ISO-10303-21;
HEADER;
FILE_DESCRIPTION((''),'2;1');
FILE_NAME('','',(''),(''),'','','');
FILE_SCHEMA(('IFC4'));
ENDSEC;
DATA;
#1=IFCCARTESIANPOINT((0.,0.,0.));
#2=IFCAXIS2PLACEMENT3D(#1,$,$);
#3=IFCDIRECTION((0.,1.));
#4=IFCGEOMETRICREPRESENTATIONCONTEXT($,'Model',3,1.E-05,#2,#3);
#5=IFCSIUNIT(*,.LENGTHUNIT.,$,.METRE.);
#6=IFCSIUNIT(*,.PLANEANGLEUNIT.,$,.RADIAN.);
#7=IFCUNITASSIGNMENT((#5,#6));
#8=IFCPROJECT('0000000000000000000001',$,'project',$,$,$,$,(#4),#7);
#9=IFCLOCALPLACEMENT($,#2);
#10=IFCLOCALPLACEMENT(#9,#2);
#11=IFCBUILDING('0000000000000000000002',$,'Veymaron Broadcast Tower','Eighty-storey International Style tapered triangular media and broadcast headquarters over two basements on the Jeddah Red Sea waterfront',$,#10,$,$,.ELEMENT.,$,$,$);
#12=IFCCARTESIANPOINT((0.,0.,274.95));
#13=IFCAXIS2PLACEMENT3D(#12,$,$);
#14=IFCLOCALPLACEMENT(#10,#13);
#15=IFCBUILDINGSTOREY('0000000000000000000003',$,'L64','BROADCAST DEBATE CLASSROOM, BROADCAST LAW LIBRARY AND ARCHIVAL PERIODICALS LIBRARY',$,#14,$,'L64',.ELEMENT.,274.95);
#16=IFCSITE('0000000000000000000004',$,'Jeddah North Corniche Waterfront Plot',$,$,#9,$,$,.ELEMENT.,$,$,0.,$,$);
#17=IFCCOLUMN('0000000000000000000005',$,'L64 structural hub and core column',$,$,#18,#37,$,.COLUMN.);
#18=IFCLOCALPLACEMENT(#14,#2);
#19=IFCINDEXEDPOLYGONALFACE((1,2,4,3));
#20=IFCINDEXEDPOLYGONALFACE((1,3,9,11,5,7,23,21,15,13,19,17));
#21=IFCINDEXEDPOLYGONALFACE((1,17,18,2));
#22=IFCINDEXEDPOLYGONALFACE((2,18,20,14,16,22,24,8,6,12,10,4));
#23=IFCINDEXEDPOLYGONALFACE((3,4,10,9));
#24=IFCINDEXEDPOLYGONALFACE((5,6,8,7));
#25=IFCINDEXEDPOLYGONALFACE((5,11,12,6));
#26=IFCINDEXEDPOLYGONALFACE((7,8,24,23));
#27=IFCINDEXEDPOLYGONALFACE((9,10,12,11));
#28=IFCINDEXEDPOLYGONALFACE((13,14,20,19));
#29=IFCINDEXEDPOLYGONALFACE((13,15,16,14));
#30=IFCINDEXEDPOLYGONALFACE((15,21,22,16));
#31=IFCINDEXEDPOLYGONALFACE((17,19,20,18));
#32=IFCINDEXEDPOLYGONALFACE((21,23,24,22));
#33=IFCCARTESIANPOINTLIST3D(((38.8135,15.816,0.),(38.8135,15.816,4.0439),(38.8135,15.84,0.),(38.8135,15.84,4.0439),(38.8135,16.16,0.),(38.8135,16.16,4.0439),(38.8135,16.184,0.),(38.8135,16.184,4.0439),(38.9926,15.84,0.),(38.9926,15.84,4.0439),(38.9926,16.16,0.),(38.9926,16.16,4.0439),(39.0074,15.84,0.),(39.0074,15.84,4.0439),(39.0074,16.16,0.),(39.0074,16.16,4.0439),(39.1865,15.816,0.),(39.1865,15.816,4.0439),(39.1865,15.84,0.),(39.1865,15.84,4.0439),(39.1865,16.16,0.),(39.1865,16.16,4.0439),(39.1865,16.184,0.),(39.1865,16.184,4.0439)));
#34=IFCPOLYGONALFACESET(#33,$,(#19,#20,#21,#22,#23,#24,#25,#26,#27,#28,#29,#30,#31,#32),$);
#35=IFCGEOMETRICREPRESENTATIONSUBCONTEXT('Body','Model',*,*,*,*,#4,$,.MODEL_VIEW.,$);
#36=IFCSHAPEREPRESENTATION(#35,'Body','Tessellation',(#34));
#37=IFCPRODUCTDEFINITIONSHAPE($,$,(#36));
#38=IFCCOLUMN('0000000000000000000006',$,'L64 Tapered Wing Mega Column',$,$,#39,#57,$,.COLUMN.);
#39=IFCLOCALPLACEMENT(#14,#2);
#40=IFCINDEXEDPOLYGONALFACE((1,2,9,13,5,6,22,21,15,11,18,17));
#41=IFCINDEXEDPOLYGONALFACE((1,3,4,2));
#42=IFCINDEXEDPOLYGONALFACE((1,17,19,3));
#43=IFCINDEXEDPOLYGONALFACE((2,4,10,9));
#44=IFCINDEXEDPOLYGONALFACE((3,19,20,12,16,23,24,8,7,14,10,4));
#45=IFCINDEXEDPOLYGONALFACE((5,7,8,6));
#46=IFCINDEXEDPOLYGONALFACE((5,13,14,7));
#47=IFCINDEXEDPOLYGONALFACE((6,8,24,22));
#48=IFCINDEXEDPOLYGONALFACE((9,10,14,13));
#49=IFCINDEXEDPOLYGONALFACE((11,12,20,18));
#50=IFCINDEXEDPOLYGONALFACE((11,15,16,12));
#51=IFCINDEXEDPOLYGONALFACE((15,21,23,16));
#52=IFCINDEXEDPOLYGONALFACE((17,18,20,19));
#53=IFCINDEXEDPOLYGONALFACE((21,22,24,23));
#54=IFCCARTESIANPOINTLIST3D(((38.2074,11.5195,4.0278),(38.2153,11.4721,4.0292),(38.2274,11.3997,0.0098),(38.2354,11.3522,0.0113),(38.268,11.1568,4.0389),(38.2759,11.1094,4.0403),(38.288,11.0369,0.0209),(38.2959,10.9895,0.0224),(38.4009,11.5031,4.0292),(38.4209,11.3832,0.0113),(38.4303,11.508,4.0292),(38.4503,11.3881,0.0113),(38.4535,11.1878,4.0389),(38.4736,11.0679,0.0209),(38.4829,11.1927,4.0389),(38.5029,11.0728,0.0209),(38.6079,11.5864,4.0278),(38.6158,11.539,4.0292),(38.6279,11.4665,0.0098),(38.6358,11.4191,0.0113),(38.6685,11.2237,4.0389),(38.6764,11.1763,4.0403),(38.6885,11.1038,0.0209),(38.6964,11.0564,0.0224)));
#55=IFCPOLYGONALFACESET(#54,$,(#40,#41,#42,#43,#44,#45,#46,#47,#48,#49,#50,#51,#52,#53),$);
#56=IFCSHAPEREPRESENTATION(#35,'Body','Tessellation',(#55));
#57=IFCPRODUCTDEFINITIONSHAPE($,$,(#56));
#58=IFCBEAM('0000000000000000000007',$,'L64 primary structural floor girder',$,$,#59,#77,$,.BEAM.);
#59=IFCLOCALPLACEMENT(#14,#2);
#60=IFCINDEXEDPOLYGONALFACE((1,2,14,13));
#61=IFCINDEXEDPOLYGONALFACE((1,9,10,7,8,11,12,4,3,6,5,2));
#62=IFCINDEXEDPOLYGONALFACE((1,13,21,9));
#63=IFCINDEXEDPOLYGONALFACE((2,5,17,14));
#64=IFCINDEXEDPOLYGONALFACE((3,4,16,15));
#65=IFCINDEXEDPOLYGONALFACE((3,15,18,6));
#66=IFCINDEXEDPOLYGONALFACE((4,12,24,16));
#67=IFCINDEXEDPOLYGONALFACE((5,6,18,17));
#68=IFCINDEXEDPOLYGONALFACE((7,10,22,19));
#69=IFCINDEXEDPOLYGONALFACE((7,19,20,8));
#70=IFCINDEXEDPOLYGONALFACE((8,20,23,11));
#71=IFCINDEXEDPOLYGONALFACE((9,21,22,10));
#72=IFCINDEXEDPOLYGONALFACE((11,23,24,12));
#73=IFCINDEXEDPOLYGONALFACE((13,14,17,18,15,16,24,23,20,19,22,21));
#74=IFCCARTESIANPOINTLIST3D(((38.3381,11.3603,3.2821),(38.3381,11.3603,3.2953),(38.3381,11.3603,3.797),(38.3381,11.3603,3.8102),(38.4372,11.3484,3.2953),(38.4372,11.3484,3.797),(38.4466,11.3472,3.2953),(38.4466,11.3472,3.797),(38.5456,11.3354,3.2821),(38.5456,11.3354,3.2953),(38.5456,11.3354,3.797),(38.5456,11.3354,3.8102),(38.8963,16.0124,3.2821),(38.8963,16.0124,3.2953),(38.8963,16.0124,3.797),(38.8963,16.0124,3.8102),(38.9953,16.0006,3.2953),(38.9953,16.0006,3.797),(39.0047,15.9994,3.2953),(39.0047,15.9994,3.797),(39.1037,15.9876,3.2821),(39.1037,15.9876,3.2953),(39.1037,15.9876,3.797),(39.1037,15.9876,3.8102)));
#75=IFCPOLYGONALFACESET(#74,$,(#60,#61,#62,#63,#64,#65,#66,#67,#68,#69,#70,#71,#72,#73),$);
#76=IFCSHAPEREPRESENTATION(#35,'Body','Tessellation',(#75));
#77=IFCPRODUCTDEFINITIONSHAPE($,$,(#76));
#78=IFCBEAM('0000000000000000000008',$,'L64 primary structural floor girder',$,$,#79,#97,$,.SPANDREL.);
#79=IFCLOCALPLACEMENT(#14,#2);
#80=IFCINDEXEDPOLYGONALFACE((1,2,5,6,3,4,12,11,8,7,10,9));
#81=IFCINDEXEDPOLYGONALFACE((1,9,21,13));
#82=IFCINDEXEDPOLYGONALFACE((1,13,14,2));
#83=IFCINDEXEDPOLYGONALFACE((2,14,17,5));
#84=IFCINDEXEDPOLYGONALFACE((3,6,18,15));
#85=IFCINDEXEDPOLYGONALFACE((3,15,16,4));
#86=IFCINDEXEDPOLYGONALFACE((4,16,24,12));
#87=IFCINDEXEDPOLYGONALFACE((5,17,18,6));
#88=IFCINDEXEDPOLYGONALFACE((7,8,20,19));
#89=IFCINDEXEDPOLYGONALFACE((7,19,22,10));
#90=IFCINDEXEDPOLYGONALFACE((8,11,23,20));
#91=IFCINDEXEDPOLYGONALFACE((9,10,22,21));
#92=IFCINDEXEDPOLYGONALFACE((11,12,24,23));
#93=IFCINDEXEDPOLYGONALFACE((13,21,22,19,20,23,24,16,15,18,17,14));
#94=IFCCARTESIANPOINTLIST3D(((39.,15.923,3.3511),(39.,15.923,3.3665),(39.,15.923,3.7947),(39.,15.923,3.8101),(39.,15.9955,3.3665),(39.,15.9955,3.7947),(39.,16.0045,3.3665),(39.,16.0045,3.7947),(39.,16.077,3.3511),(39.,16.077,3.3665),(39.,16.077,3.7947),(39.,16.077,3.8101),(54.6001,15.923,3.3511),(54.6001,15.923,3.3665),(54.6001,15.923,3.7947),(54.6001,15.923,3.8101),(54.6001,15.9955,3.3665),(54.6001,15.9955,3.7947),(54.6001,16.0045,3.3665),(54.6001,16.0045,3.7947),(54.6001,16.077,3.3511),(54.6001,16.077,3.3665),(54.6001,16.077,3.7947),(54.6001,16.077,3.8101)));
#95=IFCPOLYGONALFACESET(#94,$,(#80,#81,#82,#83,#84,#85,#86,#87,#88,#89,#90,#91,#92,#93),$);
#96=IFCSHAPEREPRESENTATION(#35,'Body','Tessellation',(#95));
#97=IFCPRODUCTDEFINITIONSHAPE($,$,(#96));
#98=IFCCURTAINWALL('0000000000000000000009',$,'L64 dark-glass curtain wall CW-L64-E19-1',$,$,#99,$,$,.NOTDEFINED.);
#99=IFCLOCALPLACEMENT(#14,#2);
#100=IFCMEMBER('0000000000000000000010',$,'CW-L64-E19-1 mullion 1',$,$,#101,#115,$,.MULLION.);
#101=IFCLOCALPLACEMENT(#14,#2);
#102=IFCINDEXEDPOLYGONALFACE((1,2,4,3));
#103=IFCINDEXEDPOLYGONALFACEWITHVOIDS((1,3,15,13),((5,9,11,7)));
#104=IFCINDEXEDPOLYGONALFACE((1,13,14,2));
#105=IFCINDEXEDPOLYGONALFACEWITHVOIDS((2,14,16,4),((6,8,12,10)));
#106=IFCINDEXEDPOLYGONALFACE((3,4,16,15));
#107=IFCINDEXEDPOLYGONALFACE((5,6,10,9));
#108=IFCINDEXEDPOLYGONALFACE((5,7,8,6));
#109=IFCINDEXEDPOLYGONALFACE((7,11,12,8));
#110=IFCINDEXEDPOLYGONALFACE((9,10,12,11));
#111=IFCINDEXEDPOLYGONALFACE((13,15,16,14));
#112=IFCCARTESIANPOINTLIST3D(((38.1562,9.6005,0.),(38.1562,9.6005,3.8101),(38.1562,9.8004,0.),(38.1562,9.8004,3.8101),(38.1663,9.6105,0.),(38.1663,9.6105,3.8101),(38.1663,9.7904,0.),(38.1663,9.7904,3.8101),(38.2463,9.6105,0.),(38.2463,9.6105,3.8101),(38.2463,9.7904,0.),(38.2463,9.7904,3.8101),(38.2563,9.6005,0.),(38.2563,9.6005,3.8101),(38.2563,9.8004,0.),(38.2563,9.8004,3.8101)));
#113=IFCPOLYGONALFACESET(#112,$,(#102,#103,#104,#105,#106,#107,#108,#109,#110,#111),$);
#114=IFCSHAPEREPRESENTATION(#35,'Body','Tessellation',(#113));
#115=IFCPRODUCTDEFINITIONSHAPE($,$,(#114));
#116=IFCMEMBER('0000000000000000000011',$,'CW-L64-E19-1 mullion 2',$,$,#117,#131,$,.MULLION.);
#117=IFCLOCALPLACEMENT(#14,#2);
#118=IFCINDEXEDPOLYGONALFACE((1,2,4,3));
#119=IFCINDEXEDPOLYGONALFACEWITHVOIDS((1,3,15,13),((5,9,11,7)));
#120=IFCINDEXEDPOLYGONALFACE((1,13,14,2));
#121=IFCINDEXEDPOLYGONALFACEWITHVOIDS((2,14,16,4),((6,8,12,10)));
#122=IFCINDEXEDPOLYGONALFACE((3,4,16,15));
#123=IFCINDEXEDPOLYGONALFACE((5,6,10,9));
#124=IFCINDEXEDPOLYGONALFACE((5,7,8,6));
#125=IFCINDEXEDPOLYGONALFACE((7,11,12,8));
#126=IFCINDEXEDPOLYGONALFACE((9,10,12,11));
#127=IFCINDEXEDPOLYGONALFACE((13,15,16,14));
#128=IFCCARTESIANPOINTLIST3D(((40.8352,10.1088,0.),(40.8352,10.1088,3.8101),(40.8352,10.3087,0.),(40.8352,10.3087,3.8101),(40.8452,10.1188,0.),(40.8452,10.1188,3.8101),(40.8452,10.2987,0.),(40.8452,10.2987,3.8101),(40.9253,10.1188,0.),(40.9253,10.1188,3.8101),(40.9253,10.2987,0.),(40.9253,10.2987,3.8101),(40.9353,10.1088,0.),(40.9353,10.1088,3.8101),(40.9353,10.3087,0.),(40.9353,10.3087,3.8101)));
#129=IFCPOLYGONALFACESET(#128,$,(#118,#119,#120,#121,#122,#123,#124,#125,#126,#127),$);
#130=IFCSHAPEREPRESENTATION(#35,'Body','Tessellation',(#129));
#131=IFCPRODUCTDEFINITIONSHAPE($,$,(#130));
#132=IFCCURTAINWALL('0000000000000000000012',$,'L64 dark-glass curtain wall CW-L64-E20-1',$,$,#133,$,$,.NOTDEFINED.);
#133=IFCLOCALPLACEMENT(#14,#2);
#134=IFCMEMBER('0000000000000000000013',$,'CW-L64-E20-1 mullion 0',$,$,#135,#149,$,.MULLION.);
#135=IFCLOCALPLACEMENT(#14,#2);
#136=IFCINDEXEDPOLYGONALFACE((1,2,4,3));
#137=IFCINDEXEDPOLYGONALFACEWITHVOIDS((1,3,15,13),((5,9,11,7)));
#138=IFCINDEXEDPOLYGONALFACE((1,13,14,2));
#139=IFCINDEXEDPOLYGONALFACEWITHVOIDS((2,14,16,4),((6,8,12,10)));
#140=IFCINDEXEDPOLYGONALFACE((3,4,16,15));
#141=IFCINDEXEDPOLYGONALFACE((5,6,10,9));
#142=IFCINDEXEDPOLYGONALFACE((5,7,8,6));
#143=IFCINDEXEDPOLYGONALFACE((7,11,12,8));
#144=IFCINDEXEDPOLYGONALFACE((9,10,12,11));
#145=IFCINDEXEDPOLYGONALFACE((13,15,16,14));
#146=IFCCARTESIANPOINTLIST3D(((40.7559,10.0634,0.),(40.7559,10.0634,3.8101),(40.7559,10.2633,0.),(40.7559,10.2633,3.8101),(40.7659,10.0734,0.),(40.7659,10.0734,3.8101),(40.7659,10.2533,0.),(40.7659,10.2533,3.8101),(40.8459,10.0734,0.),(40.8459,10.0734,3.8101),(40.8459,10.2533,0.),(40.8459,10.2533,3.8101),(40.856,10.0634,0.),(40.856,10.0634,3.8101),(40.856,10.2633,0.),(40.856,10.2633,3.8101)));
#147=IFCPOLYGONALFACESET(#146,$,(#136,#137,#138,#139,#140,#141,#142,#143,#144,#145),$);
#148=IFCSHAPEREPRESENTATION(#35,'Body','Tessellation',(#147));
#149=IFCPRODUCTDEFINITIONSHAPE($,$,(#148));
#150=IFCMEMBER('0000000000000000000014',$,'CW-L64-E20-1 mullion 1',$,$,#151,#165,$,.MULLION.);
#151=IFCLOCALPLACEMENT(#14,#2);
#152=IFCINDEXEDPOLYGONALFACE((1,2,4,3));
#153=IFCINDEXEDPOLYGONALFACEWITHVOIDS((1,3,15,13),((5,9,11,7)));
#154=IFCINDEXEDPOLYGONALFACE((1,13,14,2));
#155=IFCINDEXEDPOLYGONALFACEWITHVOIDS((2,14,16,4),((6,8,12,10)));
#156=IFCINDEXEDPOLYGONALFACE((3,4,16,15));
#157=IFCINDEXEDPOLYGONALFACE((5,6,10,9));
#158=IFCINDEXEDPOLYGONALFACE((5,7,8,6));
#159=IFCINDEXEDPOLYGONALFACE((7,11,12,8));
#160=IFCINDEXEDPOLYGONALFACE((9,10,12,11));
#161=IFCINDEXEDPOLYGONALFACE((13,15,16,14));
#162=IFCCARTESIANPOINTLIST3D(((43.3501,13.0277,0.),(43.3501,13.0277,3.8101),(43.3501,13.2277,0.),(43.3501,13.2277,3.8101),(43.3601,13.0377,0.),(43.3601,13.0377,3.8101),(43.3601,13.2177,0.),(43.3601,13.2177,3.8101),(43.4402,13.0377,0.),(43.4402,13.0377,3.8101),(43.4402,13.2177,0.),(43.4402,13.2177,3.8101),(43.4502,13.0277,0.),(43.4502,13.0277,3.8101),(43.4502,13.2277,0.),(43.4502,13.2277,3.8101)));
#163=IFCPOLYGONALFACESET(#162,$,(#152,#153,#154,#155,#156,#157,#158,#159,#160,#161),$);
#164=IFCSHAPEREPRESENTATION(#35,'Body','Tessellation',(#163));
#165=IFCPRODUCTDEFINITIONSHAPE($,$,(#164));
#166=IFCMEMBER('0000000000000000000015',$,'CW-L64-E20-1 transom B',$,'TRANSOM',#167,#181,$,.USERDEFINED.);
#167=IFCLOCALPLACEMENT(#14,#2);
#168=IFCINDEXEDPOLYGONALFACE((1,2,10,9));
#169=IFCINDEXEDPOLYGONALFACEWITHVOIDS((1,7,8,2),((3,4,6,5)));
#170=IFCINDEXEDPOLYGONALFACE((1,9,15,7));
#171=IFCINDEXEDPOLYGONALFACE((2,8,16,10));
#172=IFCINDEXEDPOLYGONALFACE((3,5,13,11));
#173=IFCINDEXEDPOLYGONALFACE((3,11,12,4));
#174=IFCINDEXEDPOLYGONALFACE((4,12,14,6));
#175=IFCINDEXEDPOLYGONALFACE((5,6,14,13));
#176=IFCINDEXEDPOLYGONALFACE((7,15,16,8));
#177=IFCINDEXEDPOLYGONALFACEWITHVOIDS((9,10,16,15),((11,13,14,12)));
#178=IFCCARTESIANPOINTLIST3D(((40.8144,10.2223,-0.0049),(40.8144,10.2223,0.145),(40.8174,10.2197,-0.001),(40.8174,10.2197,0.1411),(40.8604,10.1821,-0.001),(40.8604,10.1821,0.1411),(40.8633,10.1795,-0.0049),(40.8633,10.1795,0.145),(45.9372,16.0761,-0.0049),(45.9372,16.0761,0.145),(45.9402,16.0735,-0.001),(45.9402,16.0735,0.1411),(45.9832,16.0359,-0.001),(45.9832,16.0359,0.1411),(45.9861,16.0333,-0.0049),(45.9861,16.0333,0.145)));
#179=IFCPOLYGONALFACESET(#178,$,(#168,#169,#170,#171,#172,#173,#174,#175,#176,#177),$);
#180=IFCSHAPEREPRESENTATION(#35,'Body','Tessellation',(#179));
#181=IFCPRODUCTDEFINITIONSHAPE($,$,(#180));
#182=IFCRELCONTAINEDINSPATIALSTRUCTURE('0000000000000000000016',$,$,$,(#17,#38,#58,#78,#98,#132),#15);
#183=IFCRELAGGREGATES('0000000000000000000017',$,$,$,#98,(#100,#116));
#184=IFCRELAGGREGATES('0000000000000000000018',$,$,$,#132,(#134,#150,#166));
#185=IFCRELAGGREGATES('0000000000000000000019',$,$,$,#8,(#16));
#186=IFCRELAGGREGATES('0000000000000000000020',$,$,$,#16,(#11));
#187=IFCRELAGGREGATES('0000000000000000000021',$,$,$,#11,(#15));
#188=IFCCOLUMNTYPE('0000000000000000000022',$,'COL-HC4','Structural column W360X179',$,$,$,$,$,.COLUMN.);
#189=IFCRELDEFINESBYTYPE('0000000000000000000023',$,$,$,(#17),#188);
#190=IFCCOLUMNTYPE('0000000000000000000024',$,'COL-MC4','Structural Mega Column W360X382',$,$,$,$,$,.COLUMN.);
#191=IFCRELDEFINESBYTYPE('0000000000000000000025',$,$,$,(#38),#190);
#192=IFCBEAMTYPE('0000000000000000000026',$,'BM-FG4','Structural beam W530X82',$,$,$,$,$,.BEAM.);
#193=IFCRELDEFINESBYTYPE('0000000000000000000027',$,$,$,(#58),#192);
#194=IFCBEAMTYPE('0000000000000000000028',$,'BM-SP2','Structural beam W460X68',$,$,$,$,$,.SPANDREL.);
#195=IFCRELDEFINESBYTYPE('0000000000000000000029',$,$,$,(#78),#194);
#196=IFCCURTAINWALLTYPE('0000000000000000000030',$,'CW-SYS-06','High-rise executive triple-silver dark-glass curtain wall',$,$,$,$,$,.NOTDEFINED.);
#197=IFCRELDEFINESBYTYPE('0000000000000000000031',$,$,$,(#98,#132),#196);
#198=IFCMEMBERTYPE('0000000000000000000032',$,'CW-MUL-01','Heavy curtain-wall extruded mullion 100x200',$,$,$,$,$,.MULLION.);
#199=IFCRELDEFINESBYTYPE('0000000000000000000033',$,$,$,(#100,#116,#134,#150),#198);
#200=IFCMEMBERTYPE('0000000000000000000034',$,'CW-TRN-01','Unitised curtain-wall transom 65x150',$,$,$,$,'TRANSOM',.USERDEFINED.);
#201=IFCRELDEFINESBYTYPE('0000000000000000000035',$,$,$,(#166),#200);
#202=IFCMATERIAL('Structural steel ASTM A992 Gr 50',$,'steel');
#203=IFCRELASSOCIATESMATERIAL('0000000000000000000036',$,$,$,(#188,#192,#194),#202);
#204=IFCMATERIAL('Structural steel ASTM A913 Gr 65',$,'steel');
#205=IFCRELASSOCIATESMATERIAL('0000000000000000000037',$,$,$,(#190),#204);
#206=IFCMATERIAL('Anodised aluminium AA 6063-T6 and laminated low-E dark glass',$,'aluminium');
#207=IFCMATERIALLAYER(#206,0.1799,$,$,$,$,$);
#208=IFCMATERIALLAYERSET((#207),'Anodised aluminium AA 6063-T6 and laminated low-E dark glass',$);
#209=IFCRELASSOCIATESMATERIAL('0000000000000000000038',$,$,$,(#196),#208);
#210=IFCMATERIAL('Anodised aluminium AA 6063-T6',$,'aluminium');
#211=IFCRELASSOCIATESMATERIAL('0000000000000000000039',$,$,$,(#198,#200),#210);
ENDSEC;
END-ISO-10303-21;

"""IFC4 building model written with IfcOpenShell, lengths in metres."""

from ifc_helpers import new_model, si_unit, direction, frame, origin, origin_2d, place, context, subcontext, project, spatial, hollow_rectangle, i_section, extrude, material, layer, layer_set, material_profile, profile_set, type_object, element, aggregate, save


model = new_model("IFC4")

# Units and contexts
model_context = context("Model", 3, precision=1e-05, world=origin(), true_north=direction((0.0, 1.0)))
body_context = subcontext(model_context, "Body", "Model", "MODEL_VIEW")
ifc_project = project(units=[si_unit("LENGTHUNIT", "METRE"), si_unit("PLANEANGLEUNIT", "RADIAN")], contexts=[model_context])

# Site, building, storey
site_placement = place(None, origin())
site = spatial("IfcSite", under=ifc_project, at=site_placement, Name="Jeddah North Corniche Waterfront Plot", CompositionType="ELEMENT", RefElevation=0.0)
building_placement = place(site_placement, origin())
building = spatial("IfcBuilding", under=site, at=building_placement, Name="Veymaron Broadcast Tower", Description="Eighty-storey International Style tapered triangular media and broadcast headquarters over two basements on the Jeddah Red Sea waterfront", CompositionType="ELEMENT")
storey_placement = place(building_placement, frame((0.0, 0.0, 274.95)))
storey = spatial("IfcBuildingStorey", under=building, at=storey_placement, Name="L64", Description="BROADCAST DEBATE CLASSROOM, BROADCAST LAW LIBRARY AND ARCHIVAL PERIODICALS LIBRARY", LongName="L64", CompositionType="ELEMENT", Elevation=274.95)

# Columns
ifc_material_1 = material(Name="Structural steel ASTM A992 Gr 50", Category="steel")
ifc_material_profile_1 = material_profile(ifc_material_1, i_section(OverallWidth=0.373, OverallDepth=0.3679, WebThickness=0.0149, FlangeThickness=0.0239, at=origin_2d()), Name="W360X179")
ifc_profile_set_1 = profile_set([ifc_material_profile_1], Name="Structural steel ASTM A992 Gr 50")
column_type_1 = type_object("IfcColumnType", Name="COL-HC4", Description="Structural column W360X179", PredefinedType="COLUMN", material=ifc_profile_set_1)
column_1_placement = place(storey_placement, frame((39.0, 16.0, 0.0), z_axis=(0.0, 0.0, 1.0), x_axis=(1.0, 0.0, 0.0)))
element("IfcColumn", 1, at=column_1_placement, inside=storey, type_object=column_type_1, Name="L64 structural hub and core column", PredefinedType="COLUMN", context=body_context, shape_type="SweptSolid", body=[
    extrude(i_section(OverallWidth=0.373, OverallDepth=0.3679, WebThickness=0.0149, FlangeThickness=0.0239, at=origin_2d()), origin(), (0.0, 0.0, 1.0), 4.0439),
])
ifc_material_2 = material(Name="Structural steel ASTM A913 Gr 65", Category="steel")
ifc_material_profile_2 = material_profile(ifc_material_2, i_section(OverallWidth=0.406, OverallDepth=0.416, WebThickness=0.0298, FlangeThickness=0.0481, at=origin_2d()), Name="W360X382")
ifc_profile_set_2 = profile_set([ifc_material_profile_2], Name="Structural steel ASTM A913 Gr 65")
column_type_2 = type_object("IfcColumnType", Name="COL-MC4", Description="Structural Mega Column W360X382", PredefinedType="COLUMN", material=ifc_profile_set_2)
column_2_placement = place(storey_placement, frame((38.4619, 11.228, 0.0161), z_axis=(-0.00498, 0.029822, 0.999543), x_axis=(-0.98634, -0.164725, 0.0)))
element("IfcColumn", 2, at=column_2_placement, inside=storey, type_object=column_type_2, Name="L64 Tapered Wing Mega Column", PredefinedType="COLUMN", context=body_context, shape_type="SweptSolid", body=[
    extrude(i_section(OverallWidth=0.406, OverallDepth=0.416, WebThickness=0.0298, FlangeThickness=0.0481, at=origin_2d()), origin(), (0.0, 0.0, 1.0), 4.0198),
])

# Beams
ifc_material_profile_3 = material_profile(ifc_material_1, i_section(OverallWidth=0.209, OverallDepth=0.5281, WebThickness=0.0095, FlangeThickness=0.0132, at=origin_2d()), Name="W530X82")
ifc_profile_set_3 = profile_set([ifc_material_profile_3], Name="Structural steel ASTM A992 Gr 50")
beam_type_1 = type_object("IfcBeamType", Name="BM-FG4", Description="Structural beam W530X82", PredefinedType="BEAM", material=ifc_profile_set_3)
beam_1_placement = place(storey_placement, frame((39.0, 16.0, 3.5461), z_axis=(-0.119114, -0.992881, 0.0), x_axis=(0.992881, -0.119114, 0.0)))
element("IfcBeam", 3, at=beam_1_placement, inside=storey, type_object=beam_type_1, Name="L64 primary structural floor girder", PredefinedType="BEAM", context=body_context, shape_type="SweptSolid", body=[
    extrude(i_section(OverallWidth=0.209, OverallDepth=0.5281, WebThickness=0.0095, FlangeThickness=0.0132, at=origin_2d()), origin(), (0.0, 0.0, 1.0), 4.6855),
])
ifc_material_profile_4 = material_profile(ifc_material_1, i_section(OverallWidth=0.1541, OverallDepth=0.459, WebThickness=0.009, FlangeThickness=0.0154, at=origin_2d()), Name="W460X68")
ifc_profile_set_4 = profile_set([ifc_material_profile_4], Name="Structural steel ASTM A992 Gr 50")
beam_type_2 = type_object("IfcBeamType", Name="BM-SP2", Description="Structural beam W460X68", PredefinedType="SPANDREL", material=ifc_profile_set_4)
beam_2_placement = place(storey_placement, frame((39.0, 16.0, 3.5806), z_axis=(1.0, 0.0, 0.0), x_axis=(0.0, 1.0, 0.0)))
element("IfcBeam", 4, at=beam_2_placement, inside=storey, type_object=beam_type_2, Name="L64 primary structural floor girder", PredefinedType="SPANDREL", context=body_context, shape_type="SweptSolid", body=[
    extrude(i_section(OverallWidth=0.1541, OverallDepth=0.459, WebThickness=0.009, FlangeThickness=0.0154, at=origin_2d()), origin(), (0.0, 0.0, 1.0), 15.6001),
])

# Curtain walls, members
ifc_material_3 = material(Name="Anodised aluminium AA 6063-T6 and laminated low-E dark glass", Category="aluminium")
ifc_layer_1 = layer(ifc_material_3, 0.1799)
ifc_layer_set_1 = layer_set([ifc_layer_1], Name="Anodised aluminium AA 6063-T6 and laminated low-E dark glass")
curtain_wall_type = type_object("IfcCurtainWallType", Name="CW-SYS-06", Description="High-rise executive triple-silver dark-glass curtain wall", PredefinedType="NOTDEFINED", material=ifc_layer_set_1)
curtain_wall_1_placement = place(storey_placement, origin())
curtain_wall_1 = element("IfcCurtainWall", 5, at=curtain_wall_1_placement, inside=storey, type_object=curtain_wall_type, Name="L64 dark-glass curtain wall CW-L64-E19-1", PredefinedType="NOTDEFINED")
ifc_material_4 = material(Name="Anodised aluminium AA 6063-T6", Category="aluminium")
ifc_material_profile_5 = material_profile(ifc_material_4, hollow_rectangle(XDim=0.1001, YDim=0.2, WallThickness=0.01, at=origin_2d()), Name="RHS200X100X10")
ifc_profile_set_5 = profile_set([ifc_material_profile_5], Name="Anodised aluminium AA 6063-T6")
member_type_1 = type_object("IfcMemberType", Name="CW-MUL-01", Description="Heavy curtain-wall extruded mullion 100x200", PredefinedType="MULLION", material=ifc_profile_set_5)
member_1_placement = place(storey_placement, frame((38.2063, 9.7004, 0.0), z_axis=(0.0, 0.0, 1.0), x_axis=(1.0, 0.0, 0.0)))
member_1 = element("IfcMember", 6, at=member_1_placement, type_object=member_type_1, Name="CW-L64-E19-1 mullion 1", PredefinedType="MULLION", context=body_context, shape_type="SweptSolid", body=[
    extrude(hollow_rectangle(XDim=0.1001, YDim=0.2, WallThickness=0.01, at=origin_2d()), origin(), (0.0, 0.0, 1.0), 3.8101),
])
member_2_placement = place(storey_placement, frame((40.8853, 10.2087, 0.0), z_axis=(0.0, 0.0, 1.0), x_axis=(1.0, 0.0, 0.0)))
member_2 = element("IfcMember", 7, at=member_2_placement, type_object=member_type_1, Name="CW-L64-E19-1 mullion 2", PredefinedType="MULLION", context=body_context, shape_type="SweptSolid", body=[
    extrude(hollow_rectangle(XDim=0.1001, YDim=0.2, WallThickness=0.01, at=origin_2d()), origin(), (0.0, 0.0, 1.0), 3.8101),
])
curtain_wall_2_placement = place(storey_placement, origin())
curtain_wall_2 = element("IfcCurtainWall", 8, at=curtain_wall_2_placement, inside=storey, type_object=curtain_wall_type, Name="L64 dark-glass curtain wall CW-L64-E20-1", PredefinedType="NOTDEFINED")
member_3_placement = place(storey_placement, frame((40.8059, 10.1633, 0.0), z_axis=(0.0, 0.0, 1.0), x_axis=(1.0, 0.0, 0.0)))
member_3 = element("IfcMember", 9, at=member_3_placement, type_object=member_type_1, Name="CW-L64-E20-1 mullion 0", PredefinedType="MULLION", context=body_context, shape_type="SweptSolid", body=[
    extrude(hollow_rectangle(XDim=0.1001, YDim=0.2, WallThickness=0.01, at=origin_2d()), origin(), (0.0, 0.0, 1.0), 3.8101),
])
member_4_placement = place(storey_placement, frame((43.4001, 13.1277, 0.0), z_axis=(0.0, 0.0, 1.0), x_axis=(1.0, 0.0, 0.0)))
member_4 = element("IfcMember", 10, at=member_4_placement, type_object=member_type_1, Name="CW-L64-E20-1 mullion 1", PredefinedType="MULLION", context=body_context, shape_type="SweptSolid", body=[
    extrude(hollow_rectangle(XDim=0.1001, YDim=0.2, WallThickness=0.01, at=origin_2d()), origin(), (0.0, 0.0, 1.0), 3.8101),
])
ifc_material_profile_6 = material_profile(ifc_material_4, hollow_rectangle(XDim=0.0649, YDim=0.1499, WallThickness=0.0039, at=origin_2d()), Name="AL150X65X4")
ifc_profile_set_6 = profile_set([ifc_material_profile_6], Name="Anodised aluminium AA 6063-T6")
member_type_2 = type_object("IfcMemberType", Name="CW-TRN-01", Description="Unitised curtain-wall transom 65x150", ElementType="TRANSOM", PredefinedType="USERDEFINED", material=ifc_profile_set_6)
member_5_placement = place(storey_placement, frame((40.8389, 10.2009, 0.0701), z_axis=(0.65856, 0.752528, 0.0), x_axis=(-0.752528, 0.65856, 0.0)))
member_5 = element("IfcMember", 11, at=member_5_placement, type_object=member_type_2, Name="CW-L64-E20-1 transom B", ObjectType="TRANSOM", PredefinedType="USERDEFINED", context=body_context, shape_type="SweptSolid", body=[
    extrude(hollow_rectangle(XDim=0.0649, YDim=0.1499, WallThickness=0.0039, at=origin_2d()), origin(), (0.0, 0.0, 1.0), 7.7788),
])

aggregate(curtain_wall_1, [member_1, member_2])
aggregate(curtain_wall_2, [member_3, member_4, member_5])

save(model, "model.ifc")
